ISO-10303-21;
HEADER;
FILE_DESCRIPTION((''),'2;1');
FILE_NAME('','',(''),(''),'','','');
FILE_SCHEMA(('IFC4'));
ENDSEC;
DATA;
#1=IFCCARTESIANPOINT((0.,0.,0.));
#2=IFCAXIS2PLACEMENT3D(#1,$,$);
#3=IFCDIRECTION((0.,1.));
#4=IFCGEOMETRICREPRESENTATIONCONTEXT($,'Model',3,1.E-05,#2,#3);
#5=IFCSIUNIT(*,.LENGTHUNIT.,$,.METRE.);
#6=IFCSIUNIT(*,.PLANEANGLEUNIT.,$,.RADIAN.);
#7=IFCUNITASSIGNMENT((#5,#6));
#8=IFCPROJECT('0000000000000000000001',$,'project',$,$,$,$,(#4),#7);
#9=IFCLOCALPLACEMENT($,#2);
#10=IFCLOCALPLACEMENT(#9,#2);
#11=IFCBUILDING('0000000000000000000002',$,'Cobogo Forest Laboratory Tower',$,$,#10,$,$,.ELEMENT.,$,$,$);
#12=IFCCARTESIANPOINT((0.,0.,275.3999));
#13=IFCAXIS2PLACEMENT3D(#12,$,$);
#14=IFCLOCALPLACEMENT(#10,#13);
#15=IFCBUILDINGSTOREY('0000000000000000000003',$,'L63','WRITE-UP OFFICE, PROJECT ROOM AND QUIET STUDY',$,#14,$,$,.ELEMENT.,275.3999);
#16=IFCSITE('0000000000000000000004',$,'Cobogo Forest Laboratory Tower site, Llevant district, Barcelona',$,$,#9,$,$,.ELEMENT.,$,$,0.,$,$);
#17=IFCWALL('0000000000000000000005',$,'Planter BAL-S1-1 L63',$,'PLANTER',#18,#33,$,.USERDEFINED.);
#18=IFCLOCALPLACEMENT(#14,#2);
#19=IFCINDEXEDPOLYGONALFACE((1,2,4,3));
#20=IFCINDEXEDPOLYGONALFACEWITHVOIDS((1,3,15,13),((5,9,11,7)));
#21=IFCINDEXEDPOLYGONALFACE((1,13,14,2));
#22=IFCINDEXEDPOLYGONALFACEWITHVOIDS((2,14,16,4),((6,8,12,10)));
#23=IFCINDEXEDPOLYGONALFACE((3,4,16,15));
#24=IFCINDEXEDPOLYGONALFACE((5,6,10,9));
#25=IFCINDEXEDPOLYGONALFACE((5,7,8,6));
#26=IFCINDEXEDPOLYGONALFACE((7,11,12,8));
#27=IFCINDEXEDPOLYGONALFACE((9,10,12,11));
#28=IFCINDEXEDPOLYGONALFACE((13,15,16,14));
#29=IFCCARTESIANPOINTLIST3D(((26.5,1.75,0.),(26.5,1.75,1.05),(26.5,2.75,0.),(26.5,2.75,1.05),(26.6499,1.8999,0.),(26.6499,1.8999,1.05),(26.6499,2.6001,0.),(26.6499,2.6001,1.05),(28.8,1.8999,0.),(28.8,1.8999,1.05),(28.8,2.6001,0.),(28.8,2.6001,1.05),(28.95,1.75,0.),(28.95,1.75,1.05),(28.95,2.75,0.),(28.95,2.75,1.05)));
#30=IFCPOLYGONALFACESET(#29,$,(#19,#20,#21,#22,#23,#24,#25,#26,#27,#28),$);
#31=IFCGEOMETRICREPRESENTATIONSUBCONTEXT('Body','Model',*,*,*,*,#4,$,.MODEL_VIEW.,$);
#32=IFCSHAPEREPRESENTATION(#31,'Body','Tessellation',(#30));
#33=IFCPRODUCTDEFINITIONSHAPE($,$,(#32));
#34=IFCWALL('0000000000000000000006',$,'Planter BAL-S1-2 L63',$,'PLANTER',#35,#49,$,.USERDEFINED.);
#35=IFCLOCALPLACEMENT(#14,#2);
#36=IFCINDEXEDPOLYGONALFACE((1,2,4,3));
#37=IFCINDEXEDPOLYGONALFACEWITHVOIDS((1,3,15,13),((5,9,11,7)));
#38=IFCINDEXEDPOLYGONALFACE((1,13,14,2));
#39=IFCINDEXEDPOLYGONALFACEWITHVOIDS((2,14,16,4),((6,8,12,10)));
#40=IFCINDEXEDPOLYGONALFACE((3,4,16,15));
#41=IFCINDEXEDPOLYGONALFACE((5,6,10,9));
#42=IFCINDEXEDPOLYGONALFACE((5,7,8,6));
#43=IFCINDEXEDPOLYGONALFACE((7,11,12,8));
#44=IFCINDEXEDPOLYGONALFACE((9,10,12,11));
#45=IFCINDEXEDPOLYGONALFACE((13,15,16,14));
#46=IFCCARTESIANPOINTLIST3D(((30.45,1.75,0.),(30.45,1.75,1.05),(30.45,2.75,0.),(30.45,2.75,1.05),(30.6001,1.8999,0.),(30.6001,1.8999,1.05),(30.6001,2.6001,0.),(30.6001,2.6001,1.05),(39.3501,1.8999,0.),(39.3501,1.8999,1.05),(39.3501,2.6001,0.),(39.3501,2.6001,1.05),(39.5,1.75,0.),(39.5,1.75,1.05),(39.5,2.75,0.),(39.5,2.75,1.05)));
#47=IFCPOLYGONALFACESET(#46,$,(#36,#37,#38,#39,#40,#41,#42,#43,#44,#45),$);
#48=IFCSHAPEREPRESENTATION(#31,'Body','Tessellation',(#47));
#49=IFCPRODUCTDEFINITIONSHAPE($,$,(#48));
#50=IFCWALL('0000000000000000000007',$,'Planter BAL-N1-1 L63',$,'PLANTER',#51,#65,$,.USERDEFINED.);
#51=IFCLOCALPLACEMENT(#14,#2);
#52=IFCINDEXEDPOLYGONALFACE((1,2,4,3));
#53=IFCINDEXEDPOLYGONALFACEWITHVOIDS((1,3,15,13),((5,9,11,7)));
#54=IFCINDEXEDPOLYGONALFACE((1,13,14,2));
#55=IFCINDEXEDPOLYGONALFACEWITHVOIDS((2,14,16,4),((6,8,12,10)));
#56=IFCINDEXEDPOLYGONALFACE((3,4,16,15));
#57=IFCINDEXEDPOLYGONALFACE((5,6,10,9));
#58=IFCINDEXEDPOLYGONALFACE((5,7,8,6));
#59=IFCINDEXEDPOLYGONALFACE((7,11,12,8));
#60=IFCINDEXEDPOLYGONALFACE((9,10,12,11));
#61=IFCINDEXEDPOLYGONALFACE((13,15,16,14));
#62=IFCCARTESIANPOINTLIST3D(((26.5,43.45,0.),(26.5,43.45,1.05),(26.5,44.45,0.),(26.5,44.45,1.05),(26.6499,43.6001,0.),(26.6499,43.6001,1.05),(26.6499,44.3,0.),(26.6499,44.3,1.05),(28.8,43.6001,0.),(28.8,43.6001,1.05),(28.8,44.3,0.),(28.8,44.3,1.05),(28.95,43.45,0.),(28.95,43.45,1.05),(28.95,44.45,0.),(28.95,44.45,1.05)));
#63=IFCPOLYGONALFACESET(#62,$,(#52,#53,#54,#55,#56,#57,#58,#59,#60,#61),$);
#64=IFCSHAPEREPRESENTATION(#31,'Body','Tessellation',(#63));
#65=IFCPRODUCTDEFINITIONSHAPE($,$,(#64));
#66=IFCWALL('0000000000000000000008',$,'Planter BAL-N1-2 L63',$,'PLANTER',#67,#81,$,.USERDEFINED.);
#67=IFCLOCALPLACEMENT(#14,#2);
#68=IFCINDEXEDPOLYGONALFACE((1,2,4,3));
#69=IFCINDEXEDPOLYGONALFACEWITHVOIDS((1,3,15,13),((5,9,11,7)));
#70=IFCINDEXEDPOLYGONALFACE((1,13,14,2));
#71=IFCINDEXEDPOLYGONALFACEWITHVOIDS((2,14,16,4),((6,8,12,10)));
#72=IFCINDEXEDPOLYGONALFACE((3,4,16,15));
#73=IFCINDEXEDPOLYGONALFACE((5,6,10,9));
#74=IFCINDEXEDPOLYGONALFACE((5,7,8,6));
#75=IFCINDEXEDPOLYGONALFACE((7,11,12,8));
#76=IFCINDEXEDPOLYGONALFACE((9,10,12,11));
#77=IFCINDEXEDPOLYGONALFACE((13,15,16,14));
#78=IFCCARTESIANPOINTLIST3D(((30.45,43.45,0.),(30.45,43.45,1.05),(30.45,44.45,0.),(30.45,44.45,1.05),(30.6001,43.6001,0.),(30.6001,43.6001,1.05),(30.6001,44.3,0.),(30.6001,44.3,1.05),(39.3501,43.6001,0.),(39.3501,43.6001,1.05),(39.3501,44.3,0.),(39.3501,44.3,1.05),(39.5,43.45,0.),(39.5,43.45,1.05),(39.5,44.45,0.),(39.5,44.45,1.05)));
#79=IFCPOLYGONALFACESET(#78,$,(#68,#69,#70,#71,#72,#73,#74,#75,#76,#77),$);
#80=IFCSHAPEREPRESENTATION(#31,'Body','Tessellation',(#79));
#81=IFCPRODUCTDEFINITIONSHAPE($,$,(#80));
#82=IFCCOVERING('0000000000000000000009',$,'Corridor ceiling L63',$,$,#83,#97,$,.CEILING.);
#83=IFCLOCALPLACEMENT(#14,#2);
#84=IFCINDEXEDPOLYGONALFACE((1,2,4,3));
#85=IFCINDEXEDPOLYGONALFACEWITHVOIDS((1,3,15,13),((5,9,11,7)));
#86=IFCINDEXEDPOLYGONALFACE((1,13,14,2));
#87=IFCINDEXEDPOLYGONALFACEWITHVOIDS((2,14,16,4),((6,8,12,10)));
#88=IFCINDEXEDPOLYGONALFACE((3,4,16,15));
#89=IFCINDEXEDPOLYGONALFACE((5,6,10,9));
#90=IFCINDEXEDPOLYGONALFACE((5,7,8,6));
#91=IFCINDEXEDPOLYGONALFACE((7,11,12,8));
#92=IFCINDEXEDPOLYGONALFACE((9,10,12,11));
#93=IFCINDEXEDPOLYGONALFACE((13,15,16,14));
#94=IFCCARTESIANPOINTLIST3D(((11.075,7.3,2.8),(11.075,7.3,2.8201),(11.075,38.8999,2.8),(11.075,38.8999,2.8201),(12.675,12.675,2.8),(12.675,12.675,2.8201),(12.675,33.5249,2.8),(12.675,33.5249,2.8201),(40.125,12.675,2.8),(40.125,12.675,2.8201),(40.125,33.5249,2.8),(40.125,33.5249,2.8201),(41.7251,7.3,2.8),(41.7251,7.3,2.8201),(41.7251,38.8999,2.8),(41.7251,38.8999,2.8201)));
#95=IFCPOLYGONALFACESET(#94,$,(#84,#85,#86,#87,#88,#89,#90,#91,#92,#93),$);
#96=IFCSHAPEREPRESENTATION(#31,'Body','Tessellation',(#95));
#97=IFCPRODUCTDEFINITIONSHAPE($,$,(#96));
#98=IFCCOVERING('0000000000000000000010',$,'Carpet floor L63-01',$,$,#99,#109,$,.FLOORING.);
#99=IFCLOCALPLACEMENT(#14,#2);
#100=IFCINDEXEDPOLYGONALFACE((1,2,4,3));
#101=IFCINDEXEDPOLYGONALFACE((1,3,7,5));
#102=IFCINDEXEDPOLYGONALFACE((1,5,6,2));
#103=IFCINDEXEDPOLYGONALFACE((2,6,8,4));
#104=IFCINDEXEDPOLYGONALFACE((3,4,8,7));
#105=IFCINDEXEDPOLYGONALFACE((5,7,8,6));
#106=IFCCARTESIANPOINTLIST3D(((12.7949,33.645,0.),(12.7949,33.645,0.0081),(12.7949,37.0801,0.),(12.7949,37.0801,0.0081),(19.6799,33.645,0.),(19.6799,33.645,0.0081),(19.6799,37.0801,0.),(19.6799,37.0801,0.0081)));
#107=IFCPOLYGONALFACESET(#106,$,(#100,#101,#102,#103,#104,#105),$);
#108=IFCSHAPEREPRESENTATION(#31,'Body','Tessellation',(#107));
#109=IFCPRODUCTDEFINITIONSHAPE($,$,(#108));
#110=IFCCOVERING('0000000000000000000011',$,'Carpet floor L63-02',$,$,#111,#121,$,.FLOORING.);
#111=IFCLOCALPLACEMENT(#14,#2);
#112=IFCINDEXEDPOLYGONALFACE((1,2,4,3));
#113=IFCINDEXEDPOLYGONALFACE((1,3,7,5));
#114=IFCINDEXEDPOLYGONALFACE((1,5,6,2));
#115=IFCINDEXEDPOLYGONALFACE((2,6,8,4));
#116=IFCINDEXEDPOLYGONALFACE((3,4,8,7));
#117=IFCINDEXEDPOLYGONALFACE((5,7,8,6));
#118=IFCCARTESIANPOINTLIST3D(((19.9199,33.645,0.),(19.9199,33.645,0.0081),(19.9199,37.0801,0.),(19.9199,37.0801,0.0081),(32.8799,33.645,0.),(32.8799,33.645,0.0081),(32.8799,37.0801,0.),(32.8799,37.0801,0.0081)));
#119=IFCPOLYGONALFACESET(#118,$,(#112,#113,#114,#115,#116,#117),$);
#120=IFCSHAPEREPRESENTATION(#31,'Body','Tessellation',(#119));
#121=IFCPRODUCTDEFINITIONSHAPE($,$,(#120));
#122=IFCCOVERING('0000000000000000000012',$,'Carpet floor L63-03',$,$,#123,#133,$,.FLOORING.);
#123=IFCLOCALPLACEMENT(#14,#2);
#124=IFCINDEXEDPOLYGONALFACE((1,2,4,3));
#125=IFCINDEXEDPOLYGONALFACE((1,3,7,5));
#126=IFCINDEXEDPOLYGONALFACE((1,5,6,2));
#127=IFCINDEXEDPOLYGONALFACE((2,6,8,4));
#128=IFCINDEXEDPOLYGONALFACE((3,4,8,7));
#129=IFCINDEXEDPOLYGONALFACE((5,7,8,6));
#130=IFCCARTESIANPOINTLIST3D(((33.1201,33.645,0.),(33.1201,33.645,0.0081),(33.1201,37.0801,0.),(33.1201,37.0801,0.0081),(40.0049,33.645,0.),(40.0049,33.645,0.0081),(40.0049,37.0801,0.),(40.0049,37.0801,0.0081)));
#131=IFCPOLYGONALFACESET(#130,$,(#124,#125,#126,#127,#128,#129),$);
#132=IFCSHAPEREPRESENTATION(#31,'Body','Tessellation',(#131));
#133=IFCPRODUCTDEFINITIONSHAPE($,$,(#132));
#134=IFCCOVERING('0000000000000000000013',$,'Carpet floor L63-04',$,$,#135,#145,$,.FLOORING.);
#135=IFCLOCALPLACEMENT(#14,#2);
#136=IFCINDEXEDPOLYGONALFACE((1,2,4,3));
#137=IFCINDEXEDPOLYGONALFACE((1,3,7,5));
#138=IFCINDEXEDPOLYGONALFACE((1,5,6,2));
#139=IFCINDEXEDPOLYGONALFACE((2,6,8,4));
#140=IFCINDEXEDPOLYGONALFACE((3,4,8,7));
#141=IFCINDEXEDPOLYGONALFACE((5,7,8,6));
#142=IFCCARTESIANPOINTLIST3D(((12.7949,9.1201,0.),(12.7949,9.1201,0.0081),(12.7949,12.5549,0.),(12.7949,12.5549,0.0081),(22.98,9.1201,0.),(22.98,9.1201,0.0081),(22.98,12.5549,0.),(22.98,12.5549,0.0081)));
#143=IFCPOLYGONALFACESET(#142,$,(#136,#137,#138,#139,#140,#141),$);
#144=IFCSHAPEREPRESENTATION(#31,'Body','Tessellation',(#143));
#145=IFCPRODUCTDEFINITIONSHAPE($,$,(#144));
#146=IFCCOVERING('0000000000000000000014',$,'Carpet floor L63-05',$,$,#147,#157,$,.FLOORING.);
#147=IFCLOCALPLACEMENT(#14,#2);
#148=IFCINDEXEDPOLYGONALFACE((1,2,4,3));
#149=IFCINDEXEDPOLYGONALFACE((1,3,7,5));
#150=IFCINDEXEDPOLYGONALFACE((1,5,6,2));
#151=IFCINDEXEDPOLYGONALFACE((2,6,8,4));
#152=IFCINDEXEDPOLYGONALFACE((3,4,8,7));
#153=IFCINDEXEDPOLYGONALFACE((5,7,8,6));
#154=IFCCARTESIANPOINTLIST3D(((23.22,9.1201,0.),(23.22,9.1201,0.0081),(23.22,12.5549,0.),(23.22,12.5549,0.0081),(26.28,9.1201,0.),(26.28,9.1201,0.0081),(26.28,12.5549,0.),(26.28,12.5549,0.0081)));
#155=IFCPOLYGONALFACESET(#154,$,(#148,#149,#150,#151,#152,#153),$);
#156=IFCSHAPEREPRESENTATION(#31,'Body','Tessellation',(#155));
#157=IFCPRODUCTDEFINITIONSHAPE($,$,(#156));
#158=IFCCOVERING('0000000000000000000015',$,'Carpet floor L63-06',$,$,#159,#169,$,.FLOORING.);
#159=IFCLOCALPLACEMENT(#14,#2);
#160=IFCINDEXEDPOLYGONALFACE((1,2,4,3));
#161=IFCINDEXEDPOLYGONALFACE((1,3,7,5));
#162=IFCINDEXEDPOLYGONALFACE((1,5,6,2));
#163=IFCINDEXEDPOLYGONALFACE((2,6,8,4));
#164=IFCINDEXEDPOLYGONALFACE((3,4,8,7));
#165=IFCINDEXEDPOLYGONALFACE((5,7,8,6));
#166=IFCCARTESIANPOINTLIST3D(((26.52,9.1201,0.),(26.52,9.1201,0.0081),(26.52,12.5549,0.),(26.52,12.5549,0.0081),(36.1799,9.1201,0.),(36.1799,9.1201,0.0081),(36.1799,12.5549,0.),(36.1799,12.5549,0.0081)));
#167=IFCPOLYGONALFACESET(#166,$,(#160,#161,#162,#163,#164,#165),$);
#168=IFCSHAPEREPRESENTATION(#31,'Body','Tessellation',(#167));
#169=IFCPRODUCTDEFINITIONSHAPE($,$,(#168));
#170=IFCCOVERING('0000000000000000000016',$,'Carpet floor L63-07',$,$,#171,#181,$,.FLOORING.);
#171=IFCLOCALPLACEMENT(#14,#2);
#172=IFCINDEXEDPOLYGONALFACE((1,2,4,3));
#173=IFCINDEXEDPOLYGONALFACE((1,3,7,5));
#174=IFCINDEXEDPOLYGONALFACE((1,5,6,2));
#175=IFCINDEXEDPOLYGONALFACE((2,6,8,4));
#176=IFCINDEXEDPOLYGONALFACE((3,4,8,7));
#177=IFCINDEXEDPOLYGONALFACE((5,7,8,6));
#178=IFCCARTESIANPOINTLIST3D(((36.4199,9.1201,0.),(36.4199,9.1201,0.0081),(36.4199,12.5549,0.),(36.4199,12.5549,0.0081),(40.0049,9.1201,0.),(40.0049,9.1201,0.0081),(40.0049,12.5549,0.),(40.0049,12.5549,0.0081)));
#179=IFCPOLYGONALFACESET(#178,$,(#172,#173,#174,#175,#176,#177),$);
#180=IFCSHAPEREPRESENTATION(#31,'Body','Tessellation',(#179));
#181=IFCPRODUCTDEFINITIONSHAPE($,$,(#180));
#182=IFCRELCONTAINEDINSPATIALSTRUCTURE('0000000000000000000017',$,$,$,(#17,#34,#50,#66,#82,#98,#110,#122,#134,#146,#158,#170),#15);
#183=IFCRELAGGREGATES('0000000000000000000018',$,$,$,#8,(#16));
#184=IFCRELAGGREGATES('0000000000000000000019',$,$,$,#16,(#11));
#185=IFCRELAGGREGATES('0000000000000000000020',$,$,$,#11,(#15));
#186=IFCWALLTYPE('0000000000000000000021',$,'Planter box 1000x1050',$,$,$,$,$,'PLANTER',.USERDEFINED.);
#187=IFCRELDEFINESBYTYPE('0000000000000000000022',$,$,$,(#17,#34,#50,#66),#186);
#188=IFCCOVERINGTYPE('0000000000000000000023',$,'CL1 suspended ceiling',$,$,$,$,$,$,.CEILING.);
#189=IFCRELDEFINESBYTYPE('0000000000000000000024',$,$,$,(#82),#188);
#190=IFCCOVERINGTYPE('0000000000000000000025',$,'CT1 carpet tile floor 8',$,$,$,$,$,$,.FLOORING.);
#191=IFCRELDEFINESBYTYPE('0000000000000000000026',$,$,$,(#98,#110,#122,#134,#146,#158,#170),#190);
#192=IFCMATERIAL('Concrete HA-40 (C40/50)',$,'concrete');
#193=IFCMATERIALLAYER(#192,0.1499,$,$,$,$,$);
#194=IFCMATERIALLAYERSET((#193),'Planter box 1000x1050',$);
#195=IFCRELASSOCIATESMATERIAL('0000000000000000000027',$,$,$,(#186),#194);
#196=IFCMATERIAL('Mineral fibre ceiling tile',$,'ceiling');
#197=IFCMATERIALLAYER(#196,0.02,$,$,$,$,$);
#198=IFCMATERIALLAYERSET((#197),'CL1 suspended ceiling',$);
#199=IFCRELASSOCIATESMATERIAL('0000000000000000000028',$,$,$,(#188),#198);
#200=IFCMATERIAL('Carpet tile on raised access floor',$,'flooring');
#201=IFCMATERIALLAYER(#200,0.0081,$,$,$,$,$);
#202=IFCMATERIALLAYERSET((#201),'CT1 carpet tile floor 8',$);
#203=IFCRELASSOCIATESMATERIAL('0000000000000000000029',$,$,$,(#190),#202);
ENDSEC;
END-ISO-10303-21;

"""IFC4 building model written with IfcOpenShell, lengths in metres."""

from ifc_helpers import new_model, si_unit, direction, frame, origin, place, context, subcontext, project, spatial, polyline, outline, extrude, material, layer, layer_set, type_object, element, save


model = new_model("IFC4")

# Units and contexts
model_context = context("Model", 3, precision=1e-05, world=origin(), true_north=direction((0.0, 1.0)))
body_context = subcontext(model_context, "Body", "Model", "MODEL_VIEW")
ifc_project = project(units=[si_unit("LENGTHUNIT", "METRE"), si_unit("PLANEANGLEUNIT", "RADIAN")], contexts=[model_context])

# Site, building, storey
site_placement = place(None, origin())
site = spatial("IfcSite", under=ifc_project, at=site_placement, Name="Cobogo Forest Laboratory Tower site, Llevant district, Barcelona", CompositionType="ELEMENT", RefElevation=0.0)
building_placement = place(site_placement, origin())
building = spatial("IfcBuilding", under=site, at=building_placement, Name="Cobogo Forest Laboratory Tower", CompositionType="ELEMENT")
storey_placement = place(building_placement, frame((0.0, 0.0, 275.3999)))
storey = spatial("IfcBuildingStorey", under=building, at=storey_placement, Name="L63", Description="WRITE-UP OFFICE, PROJECT ROOM AND QUIET STUDY", CompositionType="ELEMENT", Elevation=275.3999)

# Shared definitions
ifc_material_1 = material(Name="Concrete HA-40 (C40/50)", Category="concrete")

# Walls
ifc_layer_1 = layer(ifc_material_1, 0.1499)
ifc_layer_set_1 = layer_set([ifc_layer_1], Name="Planter box 1000x1050")
wall_type = type_object("IfcWallType", Name="Planter box 1000x1050", ElementType="PLANTER", PredefinedType="USERDEFINED", material=ifc_layer_set_1)
wall_1_placement = place(storey_placement, origin())
element("IfcWall", 1, at=wall_1_placement, inside=storey, type_object=wall_type, Name="Planter BAL-S1-1 L63", ObjectType="PLANTER", PredefinedType="USERDEFINED", context=body_context, shape_type="SweptSolid", body=[
    extrude(outline(polyline([(26.5, 1.75), (28.95, 1.75), (28.95, 2.75), (26.5, 2.75), (26.5, 1.75)]), holes=[polyline([(26.6499, 1.8999), (28.8, 1.8999), (28.8, 2.6001), (26.6499, 2.6001), (26.6499, 1.8999)])]), origin(), (0.0, 0.0, 1.0), 1.05),
])
wall_2_placement = place(storey_placement, origin())
element("IfcWall", 2, at=wall_2_placement, inside=storey, type_object=wall_type, Name="Planter BAL-S1-2 L63", ObjectType="PLANTER", PredefinedType="USERDEFINED", context=body_context, shape_type="SweptSolid", body=[
    extrude(outline(polyline([(30.45, 1.75), (39.5, 1.75), (39.5, 2.75), (30.45, 2.75), (30.45, 1.75)]), holes=[polyline([(30.6001, 1.8999), (39.3501, 1.8999), (39.3501, 2.6001), (30.6001, 2.6001), (30.6001, 1.8999)])]), origin(), (0.0, 0.0, 1.0), 1.05),
])
wall_3_placement = place(storey_placement, origin())
element("IfcWall", 3, at=wall_3_placement, inside=storey, type_object=wall_type, Name="Planter BAL-N1-1 L63", ObjectType="PLANTER", PredefinedType="USERDEFINED", context=body_context, shape_type="SweptSolid", body=[
    extrude(outline(polyline([(26.5, 43.45), (28.95, 43.45), (28.95, 44.45), (26.5, 44.45), (26.5, 43.45)]), holes=[polyline([(26.6499, 43.6001), (28.8, 43.6001), (28.8, 44.3), (26.6499, 44.3), (26.6499, 43.6001)])]), origin(), (0.0, 0.0, 1.0), 1.05),
])
wall_4_placement = place(storey_placement, origin())
element("IfcWall", 4, at=wall_4_placement, inside=storey, type_object=wall_type, Name="Planter BAL-N1-2 L63", ObjectType="PLANTER", PredefinedType="USERDEFINED", context=body_context, shape_type="SweptSolid", body=[
    extrude(outline(polyline([(30.45, 43.45), (39.5, 43.45), (39.5, 44.45), (30.45, 44.45), (30.45, 43.45)]), holes=[polyline([(30.6001, 43.6001), (39.3501, 43.6001), (39.3501, 44.3), (30.6001, 44.3), (30.6001, 43.6001)])]), origin(), (0.0, 0.0, 1.0), 1.05),
])

# Coverings
ifc_material_2 = material(Name="Mineral fibre ceiling tile", Category="ceiling")
ifc_layer_2 = layer(ifc_material_2, 0.02)
ifc_layer_set_2 = layer_set([ifc_layer_2], Name="CL1 suspended ceiling")
covering_type_1 = type_object("IfcCoveringType", Name="CL1 suspended ceiling", PredefinedType="CEILING", material=ifc_layer_set_2)
covering_1_placement = place(storey_placement, frame((0.0, 0.0, 2.8)))
element("IfcCovering", 5, at=covering_1_placement, inside=storey, type_object=covering_type_1, Name="Corridor ceiling L63", PredefinedType="CEILING", context=body_context, shape_type="SweptSolid", body=[
    extrude(outline(polyline([(11.075, 7.3), (11.075, 38.8999), (41.7251, 38.8999), (41.7251, 7.3), (11.075, 7.3)]), holes=[polyline([(40.125, 33.5249), (12.675, 33.5249), (12.675, 12.675), (40.125, 12.675), (40.125, 33.5249)])]), origin(), (0.0, 0.0, 1.0), 0.02),
])
ifc_material_3 = material(Name="Carpet tile on raised access floor", Category="flooring")
ifc_layer_3 = layer(ifc_material_3, 0.0081)
ifc_layer_set_3 = layer_set([ifc_layer_3], Name="CT1 carpet tile floor 8")
covering_type_2 = type_object("IfcCoveringType", Name="CT1 carpet tile floor 8", PredefinedType="FLOORING", material=ifc_layer_set_3)
covering_2_placement = place(storey_placement, origin())
element("IfcCovering", 6, at=covering_2_placement, inside=storey, type_object=covering_type_2, Name="Carpet floor L63-01", PredefinedType="FLOORING", context=body_context, shape_type="SweptSolid", body=[
    extrude(outline(polyline([(19.6799, 33.645), (12.7949, 33.645), (12.7949, 37.0801), (19.6799, 37.0801), (19.6799, 33.645)])), origin(), (0.0, 0.0, 1.0), 0.0081),
])
covering_3_placement = place(storey_placement, origin())
element("IfcCovering", 7, at=covering_3_placement, inside=storey, type_object=covering_type_2, Name="Carpet floor L63-02", PredefinedType="FLOORING", context=body_context, shape_type="SweptSolid", body=[
    extrude(outline(polyline([(32.8799, 33.645), (19.9199, 33.645), (19.9199, 37.0801), (32.8799, 37.0801), (32.8799, 33.645)])), origin(), (0.0, 0.0, 1.0), 0.0081),
])
covering_4_placement = place(storey_placement, origin())
element("IfcCovering", 8, at=covering_4_placement, inside=storey, type_object=covering_type_2, Name="Carpet floor L63-03", PredefinedType="FLOORING", context=body_context, shape_type="SweptSolid", body=[
    extrude(outline(polyline([(40.0049, 33.645), (33.1201, 33.645), (33.1201, 37.0801), (40.0049, 37.0801), (40.0049, 33.645)])), origin(), (0.0, 0.0, 1.0), 0.0081),
])
covering_5_placement = place(storey_placement, origin())
element("IfcCovering", 9, at=covering_5_placement, inside=storey, type_object=covering_type_2, Name="Carpet floor L63-04", PredefinedType="FLOORING", context=body_context, shape_type="SweptSolid", body=[
    extrude(outline(polyline([(22.98, 9.1201), (12.7949, 9.1201), (12.7949, 12.5549), (22.98, 12.5549), (22.98, 9.1201)])), origin(), (0.0, 0.0, 1.0), 0.0081),
])
covering_6_placement = place(storey_placement, origin())
element("IfcCovering", 10, at=covering_6_placement, inside=storey, type_object=covering_type_2, Name="Carpet floor L63-05", PredefinedType="FLOORING", context=body_context, shape_type="SweptSolid", body=[
    extrude(outline(polyline([(26.28, 9.1201), (23.22, 9.1201), (23.22, 12.5549), (26.28, 12.5549), (26.28, 9.1201)])), origin(), (0.0, 0.0, 1.0), 0.0081),
])
covering_7_placement = place(storey_placement, origin())
element("IfcCovering", 11, at=covering_7_placement, inside=storey, type_object=covering_type_2, Name="Carpet floor L63-06", PredefinedType="FLOORING", context=body_context, shape_type="SweptSolid", body=[
    extrude(outline(polyline([(36.1799, 9.1201), (26.52, 9.1201), (26.52, 12.5549), (36.1799, 12.5549), (36.1799, 9.1201)])), origin(), (0.0, 0.0, 1.0), 0.0081),
])
covering_8_placement = place(storey_placement, origin())
element("IfcCovering", 12, at=covering_8_placement, inside=storey, type_object=covering_type_2, Name="Carpet floor L63-07", PredefinedType="FLOORING", context=body_context, shape_type="SweptSolid", body=[
    extrude(outline(polyline([(40.0049, 9.1201), (36.4199, 9.1201), (36.4199, 12.5549), (40.0049, 12.5549), (40.0049, 9.1201)])), origin(), (0.0, 0.0, 1.0), 0.0081),
])

save(model, "model.ifc")
